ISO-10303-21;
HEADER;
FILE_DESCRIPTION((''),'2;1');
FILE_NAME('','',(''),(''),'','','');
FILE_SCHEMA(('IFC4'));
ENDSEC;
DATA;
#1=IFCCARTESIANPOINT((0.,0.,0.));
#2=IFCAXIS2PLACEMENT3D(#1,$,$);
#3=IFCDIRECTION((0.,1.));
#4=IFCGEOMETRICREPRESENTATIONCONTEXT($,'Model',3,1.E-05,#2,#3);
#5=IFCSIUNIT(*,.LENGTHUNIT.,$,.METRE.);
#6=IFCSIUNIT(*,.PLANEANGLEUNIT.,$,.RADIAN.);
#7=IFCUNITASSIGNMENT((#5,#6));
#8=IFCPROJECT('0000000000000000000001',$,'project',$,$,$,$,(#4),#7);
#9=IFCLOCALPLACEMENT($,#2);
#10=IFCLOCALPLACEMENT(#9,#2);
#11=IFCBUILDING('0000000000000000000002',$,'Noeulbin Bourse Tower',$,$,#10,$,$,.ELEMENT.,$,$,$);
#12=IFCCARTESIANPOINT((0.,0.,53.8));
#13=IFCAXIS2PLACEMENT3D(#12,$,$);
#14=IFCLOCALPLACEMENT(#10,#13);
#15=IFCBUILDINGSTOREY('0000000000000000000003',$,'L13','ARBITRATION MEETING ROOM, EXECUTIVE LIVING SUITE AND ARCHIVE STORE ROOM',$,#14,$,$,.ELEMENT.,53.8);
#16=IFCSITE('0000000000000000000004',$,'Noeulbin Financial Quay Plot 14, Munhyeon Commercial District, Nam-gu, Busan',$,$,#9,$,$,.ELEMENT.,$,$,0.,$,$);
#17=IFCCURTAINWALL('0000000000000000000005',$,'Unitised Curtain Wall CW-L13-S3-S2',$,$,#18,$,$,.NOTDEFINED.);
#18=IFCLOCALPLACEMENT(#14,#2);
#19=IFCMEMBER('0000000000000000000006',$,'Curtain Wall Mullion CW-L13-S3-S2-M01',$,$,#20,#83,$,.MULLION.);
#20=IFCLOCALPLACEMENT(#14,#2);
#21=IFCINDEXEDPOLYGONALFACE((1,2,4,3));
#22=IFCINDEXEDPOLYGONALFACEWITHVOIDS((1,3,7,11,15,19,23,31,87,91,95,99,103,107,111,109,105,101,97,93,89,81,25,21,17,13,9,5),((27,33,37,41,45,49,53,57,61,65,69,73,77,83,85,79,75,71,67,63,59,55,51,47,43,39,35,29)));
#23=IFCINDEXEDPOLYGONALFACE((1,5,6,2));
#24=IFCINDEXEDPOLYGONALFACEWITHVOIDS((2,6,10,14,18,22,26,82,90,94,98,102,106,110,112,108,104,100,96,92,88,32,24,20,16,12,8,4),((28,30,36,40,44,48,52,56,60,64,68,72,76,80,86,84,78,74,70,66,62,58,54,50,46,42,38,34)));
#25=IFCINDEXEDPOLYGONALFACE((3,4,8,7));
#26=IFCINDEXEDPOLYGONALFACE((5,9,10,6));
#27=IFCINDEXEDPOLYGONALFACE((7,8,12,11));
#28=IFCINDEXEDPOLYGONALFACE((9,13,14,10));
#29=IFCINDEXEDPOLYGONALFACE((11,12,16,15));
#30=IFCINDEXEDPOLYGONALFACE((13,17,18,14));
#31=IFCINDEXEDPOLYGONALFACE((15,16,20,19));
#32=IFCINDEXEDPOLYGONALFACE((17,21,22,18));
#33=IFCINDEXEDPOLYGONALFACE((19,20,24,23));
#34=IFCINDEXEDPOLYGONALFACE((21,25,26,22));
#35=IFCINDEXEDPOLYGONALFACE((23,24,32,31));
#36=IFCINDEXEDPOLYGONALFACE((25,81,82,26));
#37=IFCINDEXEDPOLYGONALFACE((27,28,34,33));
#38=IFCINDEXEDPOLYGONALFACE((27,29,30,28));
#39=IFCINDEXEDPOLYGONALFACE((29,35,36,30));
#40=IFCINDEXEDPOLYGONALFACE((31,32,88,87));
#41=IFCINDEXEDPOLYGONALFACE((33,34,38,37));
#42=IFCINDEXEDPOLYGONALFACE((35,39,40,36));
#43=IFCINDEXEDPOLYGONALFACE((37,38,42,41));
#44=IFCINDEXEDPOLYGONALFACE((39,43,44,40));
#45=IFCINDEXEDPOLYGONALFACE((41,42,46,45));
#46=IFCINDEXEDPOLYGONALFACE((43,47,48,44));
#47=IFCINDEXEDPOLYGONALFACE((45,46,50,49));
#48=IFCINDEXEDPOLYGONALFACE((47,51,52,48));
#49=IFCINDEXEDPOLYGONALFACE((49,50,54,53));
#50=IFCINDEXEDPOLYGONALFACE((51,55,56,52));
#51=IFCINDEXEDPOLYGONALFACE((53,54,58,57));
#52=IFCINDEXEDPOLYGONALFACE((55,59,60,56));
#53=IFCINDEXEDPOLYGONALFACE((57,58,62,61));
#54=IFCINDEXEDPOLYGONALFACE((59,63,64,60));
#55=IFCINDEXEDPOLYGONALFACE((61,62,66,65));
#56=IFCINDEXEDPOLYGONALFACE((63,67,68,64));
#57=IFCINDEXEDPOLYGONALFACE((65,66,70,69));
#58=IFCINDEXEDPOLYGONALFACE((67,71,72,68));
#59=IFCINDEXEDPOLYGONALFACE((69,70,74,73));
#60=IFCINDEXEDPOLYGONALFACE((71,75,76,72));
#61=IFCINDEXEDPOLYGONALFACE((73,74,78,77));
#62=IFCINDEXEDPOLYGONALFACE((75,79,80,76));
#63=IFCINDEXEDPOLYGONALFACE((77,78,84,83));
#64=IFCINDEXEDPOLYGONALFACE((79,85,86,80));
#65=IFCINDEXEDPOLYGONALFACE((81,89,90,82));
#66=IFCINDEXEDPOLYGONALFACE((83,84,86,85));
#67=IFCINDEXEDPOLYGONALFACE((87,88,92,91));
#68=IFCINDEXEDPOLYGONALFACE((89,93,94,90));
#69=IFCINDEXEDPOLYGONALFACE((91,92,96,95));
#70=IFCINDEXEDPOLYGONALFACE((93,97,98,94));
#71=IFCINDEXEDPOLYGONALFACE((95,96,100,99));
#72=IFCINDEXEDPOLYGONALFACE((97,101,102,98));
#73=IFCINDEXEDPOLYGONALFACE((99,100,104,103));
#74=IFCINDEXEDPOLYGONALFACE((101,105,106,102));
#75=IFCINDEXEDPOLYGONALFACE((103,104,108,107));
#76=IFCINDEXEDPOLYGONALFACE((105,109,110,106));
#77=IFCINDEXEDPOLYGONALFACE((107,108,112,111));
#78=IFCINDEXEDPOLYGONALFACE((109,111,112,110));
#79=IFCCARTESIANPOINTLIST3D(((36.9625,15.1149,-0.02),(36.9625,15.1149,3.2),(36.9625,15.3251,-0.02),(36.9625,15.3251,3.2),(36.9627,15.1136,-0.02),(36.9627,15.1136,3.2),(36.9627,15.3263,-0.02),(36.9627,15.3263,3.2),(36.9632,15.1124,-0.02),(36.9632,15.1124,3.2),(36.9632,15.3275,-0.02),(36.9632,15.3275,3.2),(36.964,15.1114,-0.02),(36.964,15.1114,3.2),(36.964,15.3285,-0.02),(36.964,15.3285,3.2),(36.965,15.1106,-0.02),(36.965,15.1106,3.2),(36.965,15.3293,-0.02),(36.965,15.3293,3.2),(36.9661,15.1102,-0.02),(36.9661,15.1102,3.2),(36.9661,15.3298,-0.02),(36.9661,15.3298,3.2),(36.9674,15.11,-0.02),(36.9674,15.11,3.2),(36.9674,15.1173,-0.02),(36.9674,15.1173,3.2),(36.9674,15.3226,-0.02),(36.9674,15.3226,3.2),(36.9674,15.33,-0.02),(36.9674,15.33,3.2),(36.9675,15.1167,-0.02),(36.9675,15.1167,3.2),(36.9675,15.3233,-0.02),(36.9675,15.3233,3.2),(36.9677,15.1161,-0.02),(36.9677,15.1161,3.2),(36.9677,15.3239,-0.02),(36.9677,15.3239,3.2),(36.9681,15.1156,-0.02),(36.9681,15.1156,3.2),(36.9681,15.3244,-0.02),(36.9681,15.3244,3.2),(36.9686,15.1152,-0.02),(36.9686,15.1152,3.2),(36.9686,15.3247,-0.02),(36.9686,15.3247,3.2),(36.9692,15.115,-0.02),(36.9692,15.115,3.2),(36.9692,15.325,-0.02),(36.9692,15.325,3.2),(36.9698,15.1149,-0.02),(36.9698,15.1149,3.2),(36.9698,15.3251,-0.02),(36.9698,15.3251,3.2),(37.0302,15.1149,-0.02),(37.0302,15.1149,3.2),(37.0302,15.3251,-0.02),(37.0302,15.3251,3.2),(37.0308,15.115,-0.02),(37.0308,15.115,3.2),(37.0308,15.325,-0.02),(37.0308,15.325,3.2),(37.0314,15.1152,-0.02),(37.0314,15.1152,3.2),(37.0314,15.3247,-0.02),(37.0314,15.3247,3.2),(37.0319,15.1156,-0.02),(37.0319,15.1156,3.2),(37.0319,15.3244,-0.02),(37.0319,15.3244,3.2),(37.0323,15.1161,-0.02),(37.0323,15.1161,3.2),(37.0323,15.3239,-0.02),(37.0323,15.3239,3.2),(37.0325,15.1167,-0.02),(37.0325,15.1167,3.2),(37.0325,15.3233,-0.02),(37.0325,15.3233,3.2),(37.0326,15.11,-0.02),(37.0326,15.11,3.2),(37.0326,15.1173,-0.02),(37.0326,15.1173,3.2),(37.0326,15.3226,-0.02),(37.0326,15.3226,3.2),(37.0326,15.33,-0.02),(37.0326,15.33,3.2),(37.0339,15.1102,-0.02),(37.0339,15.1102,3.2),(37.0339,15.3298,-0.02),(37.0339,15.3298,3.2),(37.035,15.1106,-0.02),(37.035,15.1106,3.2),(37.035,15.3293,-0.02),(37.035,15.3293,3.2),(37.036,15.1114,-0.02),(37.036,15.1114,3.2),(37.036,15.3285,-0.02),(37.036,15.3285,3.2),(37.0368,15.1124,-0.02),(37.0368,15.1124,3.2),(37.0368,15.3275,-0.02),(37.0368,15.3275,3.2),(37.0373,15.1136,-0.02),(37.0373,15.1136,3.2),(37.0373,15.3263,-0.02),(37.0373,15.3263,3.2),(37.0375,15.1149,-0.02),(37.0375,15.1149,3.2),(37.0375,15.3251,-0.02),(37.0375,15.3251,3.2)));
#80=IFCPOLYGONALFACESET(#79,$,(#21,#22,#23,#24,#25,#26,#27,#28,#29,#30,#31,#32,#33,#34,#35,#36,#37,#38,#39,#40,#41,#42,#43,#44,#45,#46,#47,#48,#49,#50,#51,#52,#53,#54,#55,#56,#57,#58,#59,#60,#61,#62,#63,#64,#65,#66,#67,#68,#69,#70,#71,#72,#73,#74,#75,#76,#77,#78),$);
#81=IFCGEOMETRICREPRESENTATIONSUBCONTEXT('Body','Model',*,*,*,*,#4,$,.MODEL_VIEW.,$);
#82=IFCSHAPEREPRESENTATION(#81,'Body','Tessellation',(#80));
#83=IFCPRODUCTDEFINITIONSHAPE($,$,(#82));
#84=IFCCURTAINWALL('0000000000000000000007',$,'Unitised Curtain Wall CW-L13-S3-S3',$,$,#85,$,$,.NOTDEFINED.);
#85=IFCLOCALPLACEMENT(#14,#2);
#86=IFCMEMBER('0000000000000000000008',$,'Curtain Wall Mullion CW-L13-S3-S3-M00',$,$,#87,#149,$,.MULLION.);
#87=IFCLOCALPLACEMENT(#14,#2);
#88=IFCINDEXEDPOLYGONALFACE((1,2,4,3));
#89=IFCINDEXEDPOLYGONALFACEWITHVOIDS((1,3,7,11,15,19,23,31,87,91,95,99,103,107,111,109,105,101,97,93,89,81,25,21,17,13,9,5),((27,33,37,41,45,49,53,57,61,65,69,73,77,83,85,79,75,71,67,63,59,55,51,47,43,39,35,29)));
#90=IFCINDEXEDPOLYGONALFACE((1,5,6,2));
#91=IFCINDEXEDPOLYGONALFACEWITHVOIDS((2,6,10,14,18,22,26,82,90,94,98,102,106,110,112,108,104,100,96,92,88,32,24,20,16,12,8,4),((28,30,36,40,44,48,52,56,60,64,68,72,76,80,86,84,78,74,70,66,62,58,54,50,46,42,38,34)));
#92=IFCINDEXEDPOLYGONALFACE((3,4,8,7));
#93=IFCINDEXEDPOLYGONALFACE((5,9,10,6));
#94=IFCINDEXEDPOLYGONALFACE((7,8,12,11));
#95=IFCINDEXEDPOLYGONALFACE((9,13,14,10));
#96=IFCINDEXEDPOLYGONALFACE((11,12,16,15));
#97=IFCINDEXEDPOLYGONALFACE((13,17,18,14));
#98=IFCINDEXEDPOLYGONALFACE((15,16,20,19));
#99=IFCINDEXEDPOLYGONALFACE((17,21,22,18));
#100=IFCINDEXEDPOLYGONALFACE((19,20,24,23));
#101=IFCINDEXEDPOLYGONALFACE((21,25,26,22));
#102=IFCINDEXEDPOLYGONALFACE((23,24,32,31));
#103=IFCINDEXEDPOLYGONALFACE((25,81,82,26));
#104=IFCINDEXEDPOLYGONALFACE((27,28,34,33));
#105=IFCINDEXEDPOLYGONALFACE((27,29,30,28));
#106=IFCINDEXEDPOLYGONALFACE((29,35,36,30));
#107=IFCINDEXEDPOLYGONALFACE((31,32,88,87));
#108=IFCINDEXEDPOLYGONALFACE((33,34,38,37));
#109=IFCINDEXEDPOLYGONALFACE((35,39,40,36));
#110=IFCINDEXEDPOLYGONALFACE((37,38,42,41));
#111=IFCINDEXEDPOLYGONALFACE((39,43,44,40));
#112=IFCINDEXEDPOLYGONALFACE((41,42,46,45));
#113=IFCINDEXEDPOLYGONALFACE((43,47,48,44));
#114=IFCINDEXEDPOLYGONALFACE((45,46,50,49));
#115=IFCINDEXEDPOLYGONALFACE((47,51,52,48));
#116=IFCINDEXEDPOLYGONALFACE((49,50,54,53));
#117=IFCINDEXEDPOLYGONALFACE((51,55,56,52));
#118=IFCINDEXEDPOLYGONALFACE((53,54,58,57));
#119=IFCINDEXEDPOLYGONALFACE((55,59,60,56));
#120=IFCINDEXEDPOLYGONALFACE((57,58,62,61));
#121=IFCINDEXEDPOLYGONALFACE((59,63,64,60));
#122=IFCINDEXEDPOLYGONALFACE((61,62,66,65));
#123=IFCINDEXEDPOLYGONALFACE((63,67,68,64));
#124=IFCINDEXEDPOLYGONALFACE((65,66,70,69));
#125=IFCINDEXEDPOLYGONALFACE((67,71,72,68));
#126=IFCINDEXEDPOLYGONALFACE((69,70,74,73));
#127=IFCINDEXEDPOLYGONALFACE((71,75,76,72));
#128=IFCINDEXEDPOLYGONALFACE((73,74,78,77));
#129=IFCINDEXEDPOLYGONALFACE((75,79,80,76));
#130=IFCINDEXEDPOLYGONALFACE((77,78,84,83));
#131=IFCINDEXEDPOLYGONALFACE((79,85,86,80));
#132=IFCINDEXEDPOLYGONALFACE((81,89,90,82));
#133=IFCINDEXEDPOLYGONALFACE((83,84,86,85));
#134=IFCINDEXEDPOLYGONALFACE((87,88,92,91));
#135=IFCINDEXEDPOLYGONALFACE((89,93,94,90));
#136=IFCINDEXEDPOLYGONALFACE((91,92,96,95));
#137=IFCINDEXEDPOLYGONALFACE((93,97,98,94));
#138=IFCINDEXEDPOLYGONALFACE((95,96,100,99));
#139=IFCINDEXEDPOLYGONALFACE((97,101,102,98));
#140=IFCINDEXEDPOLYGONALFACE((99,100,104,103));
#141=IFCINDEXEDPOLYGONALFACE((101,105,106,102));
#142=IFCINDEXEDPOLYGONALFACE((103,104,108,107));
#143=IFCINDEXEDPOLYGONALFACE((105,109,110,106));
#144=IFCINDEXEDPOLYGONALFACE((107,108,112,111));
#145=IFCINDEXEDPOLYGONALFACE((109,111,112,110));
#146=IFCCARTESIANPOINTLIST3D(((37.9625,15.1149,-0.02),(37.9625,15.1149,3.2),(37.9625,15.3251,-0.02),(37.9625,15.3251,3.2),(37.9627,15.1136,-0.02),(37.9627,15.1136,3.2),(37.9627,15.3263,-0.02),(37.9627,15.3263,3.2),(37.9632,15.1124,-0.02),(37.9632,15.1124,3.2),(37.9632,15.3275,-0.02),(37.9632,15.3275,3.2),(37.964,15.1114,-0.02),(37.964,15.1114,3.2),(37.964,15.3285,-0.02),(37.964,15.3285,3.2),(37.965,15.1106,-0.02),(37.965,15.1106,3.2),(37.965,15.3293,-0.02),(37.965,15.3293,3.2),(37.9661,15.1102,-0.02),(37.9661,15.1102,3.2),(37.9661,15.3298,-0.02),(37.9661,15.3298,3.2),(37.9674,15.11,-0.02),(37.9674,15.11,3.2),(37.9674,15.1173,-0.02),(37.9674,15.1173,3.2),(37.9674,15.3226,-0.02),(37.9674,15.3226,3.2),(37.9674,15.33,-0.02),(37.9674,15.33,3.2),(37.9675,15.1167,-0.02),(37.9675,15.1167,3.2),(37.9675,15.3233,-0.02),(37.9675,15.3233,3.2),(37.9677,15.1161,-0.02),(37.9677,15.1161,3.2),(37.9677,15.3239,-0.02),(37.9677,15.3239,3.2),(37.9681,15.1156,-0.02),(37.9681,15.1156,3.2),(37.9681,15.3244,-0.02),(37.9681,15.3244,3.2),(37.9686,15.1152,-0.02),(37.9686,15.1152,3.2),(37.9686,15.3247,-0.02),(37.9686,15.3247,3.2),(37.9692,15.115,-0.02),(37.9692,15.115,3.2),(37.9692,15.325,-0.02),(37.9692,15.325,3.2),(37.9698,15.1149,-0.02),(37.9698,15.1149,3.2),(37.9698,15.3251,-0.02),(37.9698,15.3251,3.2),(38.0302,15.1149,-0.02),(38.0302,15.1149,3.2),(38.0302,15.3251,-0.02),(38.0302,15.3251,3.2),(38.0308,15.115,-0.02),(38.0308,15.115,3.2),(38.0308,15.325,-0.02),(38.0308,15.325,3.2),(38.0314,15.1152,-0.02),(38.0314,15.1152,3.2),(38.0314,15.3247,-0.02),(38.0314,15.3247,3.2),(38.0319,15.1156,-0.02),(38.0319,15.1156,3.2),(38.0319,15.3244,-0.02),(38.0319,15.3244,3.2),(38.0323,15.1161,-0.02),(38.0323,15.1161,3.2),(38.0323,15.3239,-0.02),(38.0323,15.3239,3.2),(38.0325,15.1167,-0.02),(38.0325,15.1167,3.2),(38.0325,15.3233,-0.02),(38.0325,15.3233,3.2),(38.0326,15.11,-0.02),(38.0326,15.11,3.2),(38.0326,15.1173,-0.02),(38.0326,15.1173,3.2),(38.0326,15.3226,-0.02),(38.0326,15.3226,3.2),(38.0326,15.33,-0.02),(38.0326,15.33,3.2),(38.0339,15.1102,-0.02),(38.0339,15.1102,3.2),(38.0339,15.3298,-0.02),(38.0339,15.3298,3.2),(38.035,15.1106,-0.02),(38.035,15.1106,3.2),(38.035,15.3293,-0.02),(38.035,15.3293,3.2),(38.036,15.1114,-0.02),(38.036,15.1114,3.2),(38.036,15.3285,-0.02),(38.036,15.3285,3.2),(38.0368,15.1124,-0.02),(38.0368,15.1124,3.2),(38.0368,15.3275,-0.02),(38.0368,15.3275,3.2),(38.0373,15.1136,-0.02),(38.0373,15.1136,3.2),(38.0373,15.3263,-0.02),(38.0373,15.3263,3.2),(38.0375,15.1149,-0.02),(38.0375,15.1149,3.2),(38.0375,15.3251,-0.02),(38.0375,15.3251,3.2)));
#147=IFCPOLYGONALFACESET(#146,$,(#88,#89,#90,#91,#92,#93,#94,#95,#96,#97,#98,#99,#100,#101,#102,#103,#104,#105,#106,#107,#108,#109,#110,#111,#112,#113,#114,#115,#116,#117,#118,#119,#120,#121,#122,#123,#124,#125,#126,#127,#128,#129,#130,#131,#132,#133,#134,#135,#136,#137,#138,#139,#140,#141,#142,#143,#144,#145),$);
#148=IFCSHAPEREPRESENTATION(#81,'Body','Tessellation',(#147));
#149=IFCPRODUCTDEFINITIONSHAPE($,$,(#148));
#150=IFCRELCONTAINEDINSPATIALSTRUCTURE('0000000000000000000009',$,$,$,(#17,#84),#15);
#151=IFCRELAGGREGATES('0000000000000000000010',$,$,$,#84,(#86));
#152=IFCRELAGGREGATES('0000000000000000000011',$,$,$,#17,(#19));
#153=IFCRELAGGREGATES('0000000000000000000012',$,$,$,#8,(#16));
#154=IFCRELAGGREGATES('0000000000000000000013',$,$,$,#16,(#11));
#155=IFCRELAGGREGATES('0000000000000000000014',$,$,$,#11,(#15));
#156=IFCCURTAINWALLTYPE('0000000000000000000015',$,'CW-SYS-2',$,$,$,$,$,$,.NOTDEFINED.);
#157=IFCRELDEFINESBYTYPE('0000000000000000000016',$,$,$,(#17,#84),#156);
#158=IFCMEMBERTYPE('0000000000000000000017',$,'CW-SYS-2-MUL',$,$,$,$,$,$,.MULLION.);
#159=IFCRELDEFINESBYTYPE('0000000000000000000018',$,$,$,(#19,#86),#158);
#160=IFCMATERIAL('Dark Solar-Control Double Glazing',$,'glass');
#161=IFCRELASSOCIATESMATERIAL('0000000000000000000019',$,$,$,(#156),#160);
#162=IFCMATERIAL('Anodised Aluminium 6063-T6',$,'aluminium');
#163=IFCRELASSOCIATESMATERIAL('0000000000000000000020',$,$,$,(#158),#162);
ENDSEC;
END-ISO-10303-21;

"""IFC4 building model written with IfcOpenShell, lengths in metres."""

from ifc_helpers import new_model, si_unit, direction, frame, origin, origin_2d, place, context, subcontext, project, spatial, hollow_rectangle, extrude, material, material_profile, profile_set, type_object, element, aggregate, save


model = new_model("IFC4")

# Units and contexts
model_context = context("Model", 3, precision=1e-05, world=origin(), true_north=direction((0.0, 1.0)))
body_context = subcontext(model_context, "Body", "Model", "MODEL_VIEW")
ifc_project = project(units=[si_unit("LENGTHUNIT", "METRE"), si_unit("PLANEANGLEUNIT", "RADIAN")], contexts=[model_context])

# Site, building, storey
site_placement = place(None, origin())
site = spatial("IfcSite", under=ifc_project, at=site_placement, Name="Noeulbin Financial Quay Plot 14, Munhyeon Commercial District, Nam-gu, Busan", CompositionType="ELEMENT", RefElevation=0.0)
building_placement = place(site_placement, origin())
building = spatial("IfcBuilding", under=site, at=building_placement, Name="Noeulbin Bourse Tower", CompositionType="ELEMENT")
storey_placement = place(building_placement, frame((0.0, 0.0, 53.8)))
storey = spatial("IfcBuildingStorey", under=building, at=storey_placement, Name="L13", Description="ARBITRATION MEETING ROOM, EXECUTIVE LIVING SUITE AND ARCHIVE STORE ROOM", CompositionType="ELEMENT", Elevation=53.8)

# Curtain wall, member
ifc_material_1 = material(Name="Dark Solar-Control Double Glazing", Category="glass")
curtain_wall_type = type_object("IfcCurtainWallType", Name="CW-SYS-2", PredefinedType="NOTDEFINED", material=ifc_material_1)
ifc_material_2 = material(Name="Anodised Aluminium 6063-T6", Category="aluminium")
ifc_material_profile_1 = material_profile(ifc_material_2, hollow_rectangle(XDim=0.075, YDim=0.22, WallThickness=0.0049, InnerFilletRadius=0.0024, OuterFilletRadius=0.0049, at=origin_2d()), Name="ALU-MULL-75x220x5", Category="LoadBearing")
ifc_profile_set_1 = profile_set([ifc_material_profile_1], Name="Anodised Aluminium 6063-T6")
member_type_1 = type_object("IfcMemberType", Name="CW-SYS-2-MUL", PredefinedType="MULLION", material=ifc_profile_set_1)
curtain_wall_1_placement = place(storey_placement, origin())
curtain_wall_1 = element("IfcCurtainWall", 1, at=curtain_wall_1_placement, inside=storey, type_object=curtain_wall_type, Name="Unitised Curtain Wall CW-L13-S3-S2", PredefinedType="NOTDEFINED")
member_1_placement = place(storey_placement, frame((37.0, 15.22, -0.02), z_axis=(0.0, 0.0, 1.0), x_axis=(1.0, 0.0, 0.0)))
member_1 = element("IfcMember", 2, at=member_1_placement, type_object=member_type_1, Name="Curtain Wall Mullion CW-L13-S3-S2-M01", PredefinedType="MULLION", context=body_context, shape_type="SweptSolid", body=[
    extrude(hollow_rectangle(XDim=0.075, YDim=0.22, WallThickness=0.0049, InnerFilletRadius=0.0024, OuterFilletRadius=0.0049, at=origin_2d()), origin(), (0.0, 0.0, 1.0), 3.22),
])

# Curtain wall, member
curtain_wall_2_placement = place(storey_placement, origin())
curtain_wall_2 = element("IfcCurtainWall", 3, at=curtain_wall_2_placement, inside=storey, type_object=curtain_wall_type, Name="Unitised Curtain Wall CW-L13-S3-S3", PredefinedType="NOTDEFINED")
member_2_placement = place(storey_placement, frame((38.0, 15.22, -0.02), z_axis=(0.0, 0.0, 1.0), x_axis=(1.0, 0.0, 0.0)))
member_2 = element("IfcMember", 4, at=member_2_placement, type_object=member_type_1, Name="Curtain Wall Mullion CW-L13-S3-S3-M00", PredefinedType="MULLION", context=body_context, shape_type="SweptSolid", body=[
    extrude(hollow_rectangle(XDim=0.075, YDim=0.22, WallThickness=0.0049, InnerFilletRadius=0.0024, OuterFilletRadius=0.0049, at=origin_2d()), origin(), (0.0, 0.0, 1.0), 3.22),
])

aggregate(curtain_wall_2, [member_2])

aggregate(curtain_wall_1, [member_1])

save(model, "model.ifc")
